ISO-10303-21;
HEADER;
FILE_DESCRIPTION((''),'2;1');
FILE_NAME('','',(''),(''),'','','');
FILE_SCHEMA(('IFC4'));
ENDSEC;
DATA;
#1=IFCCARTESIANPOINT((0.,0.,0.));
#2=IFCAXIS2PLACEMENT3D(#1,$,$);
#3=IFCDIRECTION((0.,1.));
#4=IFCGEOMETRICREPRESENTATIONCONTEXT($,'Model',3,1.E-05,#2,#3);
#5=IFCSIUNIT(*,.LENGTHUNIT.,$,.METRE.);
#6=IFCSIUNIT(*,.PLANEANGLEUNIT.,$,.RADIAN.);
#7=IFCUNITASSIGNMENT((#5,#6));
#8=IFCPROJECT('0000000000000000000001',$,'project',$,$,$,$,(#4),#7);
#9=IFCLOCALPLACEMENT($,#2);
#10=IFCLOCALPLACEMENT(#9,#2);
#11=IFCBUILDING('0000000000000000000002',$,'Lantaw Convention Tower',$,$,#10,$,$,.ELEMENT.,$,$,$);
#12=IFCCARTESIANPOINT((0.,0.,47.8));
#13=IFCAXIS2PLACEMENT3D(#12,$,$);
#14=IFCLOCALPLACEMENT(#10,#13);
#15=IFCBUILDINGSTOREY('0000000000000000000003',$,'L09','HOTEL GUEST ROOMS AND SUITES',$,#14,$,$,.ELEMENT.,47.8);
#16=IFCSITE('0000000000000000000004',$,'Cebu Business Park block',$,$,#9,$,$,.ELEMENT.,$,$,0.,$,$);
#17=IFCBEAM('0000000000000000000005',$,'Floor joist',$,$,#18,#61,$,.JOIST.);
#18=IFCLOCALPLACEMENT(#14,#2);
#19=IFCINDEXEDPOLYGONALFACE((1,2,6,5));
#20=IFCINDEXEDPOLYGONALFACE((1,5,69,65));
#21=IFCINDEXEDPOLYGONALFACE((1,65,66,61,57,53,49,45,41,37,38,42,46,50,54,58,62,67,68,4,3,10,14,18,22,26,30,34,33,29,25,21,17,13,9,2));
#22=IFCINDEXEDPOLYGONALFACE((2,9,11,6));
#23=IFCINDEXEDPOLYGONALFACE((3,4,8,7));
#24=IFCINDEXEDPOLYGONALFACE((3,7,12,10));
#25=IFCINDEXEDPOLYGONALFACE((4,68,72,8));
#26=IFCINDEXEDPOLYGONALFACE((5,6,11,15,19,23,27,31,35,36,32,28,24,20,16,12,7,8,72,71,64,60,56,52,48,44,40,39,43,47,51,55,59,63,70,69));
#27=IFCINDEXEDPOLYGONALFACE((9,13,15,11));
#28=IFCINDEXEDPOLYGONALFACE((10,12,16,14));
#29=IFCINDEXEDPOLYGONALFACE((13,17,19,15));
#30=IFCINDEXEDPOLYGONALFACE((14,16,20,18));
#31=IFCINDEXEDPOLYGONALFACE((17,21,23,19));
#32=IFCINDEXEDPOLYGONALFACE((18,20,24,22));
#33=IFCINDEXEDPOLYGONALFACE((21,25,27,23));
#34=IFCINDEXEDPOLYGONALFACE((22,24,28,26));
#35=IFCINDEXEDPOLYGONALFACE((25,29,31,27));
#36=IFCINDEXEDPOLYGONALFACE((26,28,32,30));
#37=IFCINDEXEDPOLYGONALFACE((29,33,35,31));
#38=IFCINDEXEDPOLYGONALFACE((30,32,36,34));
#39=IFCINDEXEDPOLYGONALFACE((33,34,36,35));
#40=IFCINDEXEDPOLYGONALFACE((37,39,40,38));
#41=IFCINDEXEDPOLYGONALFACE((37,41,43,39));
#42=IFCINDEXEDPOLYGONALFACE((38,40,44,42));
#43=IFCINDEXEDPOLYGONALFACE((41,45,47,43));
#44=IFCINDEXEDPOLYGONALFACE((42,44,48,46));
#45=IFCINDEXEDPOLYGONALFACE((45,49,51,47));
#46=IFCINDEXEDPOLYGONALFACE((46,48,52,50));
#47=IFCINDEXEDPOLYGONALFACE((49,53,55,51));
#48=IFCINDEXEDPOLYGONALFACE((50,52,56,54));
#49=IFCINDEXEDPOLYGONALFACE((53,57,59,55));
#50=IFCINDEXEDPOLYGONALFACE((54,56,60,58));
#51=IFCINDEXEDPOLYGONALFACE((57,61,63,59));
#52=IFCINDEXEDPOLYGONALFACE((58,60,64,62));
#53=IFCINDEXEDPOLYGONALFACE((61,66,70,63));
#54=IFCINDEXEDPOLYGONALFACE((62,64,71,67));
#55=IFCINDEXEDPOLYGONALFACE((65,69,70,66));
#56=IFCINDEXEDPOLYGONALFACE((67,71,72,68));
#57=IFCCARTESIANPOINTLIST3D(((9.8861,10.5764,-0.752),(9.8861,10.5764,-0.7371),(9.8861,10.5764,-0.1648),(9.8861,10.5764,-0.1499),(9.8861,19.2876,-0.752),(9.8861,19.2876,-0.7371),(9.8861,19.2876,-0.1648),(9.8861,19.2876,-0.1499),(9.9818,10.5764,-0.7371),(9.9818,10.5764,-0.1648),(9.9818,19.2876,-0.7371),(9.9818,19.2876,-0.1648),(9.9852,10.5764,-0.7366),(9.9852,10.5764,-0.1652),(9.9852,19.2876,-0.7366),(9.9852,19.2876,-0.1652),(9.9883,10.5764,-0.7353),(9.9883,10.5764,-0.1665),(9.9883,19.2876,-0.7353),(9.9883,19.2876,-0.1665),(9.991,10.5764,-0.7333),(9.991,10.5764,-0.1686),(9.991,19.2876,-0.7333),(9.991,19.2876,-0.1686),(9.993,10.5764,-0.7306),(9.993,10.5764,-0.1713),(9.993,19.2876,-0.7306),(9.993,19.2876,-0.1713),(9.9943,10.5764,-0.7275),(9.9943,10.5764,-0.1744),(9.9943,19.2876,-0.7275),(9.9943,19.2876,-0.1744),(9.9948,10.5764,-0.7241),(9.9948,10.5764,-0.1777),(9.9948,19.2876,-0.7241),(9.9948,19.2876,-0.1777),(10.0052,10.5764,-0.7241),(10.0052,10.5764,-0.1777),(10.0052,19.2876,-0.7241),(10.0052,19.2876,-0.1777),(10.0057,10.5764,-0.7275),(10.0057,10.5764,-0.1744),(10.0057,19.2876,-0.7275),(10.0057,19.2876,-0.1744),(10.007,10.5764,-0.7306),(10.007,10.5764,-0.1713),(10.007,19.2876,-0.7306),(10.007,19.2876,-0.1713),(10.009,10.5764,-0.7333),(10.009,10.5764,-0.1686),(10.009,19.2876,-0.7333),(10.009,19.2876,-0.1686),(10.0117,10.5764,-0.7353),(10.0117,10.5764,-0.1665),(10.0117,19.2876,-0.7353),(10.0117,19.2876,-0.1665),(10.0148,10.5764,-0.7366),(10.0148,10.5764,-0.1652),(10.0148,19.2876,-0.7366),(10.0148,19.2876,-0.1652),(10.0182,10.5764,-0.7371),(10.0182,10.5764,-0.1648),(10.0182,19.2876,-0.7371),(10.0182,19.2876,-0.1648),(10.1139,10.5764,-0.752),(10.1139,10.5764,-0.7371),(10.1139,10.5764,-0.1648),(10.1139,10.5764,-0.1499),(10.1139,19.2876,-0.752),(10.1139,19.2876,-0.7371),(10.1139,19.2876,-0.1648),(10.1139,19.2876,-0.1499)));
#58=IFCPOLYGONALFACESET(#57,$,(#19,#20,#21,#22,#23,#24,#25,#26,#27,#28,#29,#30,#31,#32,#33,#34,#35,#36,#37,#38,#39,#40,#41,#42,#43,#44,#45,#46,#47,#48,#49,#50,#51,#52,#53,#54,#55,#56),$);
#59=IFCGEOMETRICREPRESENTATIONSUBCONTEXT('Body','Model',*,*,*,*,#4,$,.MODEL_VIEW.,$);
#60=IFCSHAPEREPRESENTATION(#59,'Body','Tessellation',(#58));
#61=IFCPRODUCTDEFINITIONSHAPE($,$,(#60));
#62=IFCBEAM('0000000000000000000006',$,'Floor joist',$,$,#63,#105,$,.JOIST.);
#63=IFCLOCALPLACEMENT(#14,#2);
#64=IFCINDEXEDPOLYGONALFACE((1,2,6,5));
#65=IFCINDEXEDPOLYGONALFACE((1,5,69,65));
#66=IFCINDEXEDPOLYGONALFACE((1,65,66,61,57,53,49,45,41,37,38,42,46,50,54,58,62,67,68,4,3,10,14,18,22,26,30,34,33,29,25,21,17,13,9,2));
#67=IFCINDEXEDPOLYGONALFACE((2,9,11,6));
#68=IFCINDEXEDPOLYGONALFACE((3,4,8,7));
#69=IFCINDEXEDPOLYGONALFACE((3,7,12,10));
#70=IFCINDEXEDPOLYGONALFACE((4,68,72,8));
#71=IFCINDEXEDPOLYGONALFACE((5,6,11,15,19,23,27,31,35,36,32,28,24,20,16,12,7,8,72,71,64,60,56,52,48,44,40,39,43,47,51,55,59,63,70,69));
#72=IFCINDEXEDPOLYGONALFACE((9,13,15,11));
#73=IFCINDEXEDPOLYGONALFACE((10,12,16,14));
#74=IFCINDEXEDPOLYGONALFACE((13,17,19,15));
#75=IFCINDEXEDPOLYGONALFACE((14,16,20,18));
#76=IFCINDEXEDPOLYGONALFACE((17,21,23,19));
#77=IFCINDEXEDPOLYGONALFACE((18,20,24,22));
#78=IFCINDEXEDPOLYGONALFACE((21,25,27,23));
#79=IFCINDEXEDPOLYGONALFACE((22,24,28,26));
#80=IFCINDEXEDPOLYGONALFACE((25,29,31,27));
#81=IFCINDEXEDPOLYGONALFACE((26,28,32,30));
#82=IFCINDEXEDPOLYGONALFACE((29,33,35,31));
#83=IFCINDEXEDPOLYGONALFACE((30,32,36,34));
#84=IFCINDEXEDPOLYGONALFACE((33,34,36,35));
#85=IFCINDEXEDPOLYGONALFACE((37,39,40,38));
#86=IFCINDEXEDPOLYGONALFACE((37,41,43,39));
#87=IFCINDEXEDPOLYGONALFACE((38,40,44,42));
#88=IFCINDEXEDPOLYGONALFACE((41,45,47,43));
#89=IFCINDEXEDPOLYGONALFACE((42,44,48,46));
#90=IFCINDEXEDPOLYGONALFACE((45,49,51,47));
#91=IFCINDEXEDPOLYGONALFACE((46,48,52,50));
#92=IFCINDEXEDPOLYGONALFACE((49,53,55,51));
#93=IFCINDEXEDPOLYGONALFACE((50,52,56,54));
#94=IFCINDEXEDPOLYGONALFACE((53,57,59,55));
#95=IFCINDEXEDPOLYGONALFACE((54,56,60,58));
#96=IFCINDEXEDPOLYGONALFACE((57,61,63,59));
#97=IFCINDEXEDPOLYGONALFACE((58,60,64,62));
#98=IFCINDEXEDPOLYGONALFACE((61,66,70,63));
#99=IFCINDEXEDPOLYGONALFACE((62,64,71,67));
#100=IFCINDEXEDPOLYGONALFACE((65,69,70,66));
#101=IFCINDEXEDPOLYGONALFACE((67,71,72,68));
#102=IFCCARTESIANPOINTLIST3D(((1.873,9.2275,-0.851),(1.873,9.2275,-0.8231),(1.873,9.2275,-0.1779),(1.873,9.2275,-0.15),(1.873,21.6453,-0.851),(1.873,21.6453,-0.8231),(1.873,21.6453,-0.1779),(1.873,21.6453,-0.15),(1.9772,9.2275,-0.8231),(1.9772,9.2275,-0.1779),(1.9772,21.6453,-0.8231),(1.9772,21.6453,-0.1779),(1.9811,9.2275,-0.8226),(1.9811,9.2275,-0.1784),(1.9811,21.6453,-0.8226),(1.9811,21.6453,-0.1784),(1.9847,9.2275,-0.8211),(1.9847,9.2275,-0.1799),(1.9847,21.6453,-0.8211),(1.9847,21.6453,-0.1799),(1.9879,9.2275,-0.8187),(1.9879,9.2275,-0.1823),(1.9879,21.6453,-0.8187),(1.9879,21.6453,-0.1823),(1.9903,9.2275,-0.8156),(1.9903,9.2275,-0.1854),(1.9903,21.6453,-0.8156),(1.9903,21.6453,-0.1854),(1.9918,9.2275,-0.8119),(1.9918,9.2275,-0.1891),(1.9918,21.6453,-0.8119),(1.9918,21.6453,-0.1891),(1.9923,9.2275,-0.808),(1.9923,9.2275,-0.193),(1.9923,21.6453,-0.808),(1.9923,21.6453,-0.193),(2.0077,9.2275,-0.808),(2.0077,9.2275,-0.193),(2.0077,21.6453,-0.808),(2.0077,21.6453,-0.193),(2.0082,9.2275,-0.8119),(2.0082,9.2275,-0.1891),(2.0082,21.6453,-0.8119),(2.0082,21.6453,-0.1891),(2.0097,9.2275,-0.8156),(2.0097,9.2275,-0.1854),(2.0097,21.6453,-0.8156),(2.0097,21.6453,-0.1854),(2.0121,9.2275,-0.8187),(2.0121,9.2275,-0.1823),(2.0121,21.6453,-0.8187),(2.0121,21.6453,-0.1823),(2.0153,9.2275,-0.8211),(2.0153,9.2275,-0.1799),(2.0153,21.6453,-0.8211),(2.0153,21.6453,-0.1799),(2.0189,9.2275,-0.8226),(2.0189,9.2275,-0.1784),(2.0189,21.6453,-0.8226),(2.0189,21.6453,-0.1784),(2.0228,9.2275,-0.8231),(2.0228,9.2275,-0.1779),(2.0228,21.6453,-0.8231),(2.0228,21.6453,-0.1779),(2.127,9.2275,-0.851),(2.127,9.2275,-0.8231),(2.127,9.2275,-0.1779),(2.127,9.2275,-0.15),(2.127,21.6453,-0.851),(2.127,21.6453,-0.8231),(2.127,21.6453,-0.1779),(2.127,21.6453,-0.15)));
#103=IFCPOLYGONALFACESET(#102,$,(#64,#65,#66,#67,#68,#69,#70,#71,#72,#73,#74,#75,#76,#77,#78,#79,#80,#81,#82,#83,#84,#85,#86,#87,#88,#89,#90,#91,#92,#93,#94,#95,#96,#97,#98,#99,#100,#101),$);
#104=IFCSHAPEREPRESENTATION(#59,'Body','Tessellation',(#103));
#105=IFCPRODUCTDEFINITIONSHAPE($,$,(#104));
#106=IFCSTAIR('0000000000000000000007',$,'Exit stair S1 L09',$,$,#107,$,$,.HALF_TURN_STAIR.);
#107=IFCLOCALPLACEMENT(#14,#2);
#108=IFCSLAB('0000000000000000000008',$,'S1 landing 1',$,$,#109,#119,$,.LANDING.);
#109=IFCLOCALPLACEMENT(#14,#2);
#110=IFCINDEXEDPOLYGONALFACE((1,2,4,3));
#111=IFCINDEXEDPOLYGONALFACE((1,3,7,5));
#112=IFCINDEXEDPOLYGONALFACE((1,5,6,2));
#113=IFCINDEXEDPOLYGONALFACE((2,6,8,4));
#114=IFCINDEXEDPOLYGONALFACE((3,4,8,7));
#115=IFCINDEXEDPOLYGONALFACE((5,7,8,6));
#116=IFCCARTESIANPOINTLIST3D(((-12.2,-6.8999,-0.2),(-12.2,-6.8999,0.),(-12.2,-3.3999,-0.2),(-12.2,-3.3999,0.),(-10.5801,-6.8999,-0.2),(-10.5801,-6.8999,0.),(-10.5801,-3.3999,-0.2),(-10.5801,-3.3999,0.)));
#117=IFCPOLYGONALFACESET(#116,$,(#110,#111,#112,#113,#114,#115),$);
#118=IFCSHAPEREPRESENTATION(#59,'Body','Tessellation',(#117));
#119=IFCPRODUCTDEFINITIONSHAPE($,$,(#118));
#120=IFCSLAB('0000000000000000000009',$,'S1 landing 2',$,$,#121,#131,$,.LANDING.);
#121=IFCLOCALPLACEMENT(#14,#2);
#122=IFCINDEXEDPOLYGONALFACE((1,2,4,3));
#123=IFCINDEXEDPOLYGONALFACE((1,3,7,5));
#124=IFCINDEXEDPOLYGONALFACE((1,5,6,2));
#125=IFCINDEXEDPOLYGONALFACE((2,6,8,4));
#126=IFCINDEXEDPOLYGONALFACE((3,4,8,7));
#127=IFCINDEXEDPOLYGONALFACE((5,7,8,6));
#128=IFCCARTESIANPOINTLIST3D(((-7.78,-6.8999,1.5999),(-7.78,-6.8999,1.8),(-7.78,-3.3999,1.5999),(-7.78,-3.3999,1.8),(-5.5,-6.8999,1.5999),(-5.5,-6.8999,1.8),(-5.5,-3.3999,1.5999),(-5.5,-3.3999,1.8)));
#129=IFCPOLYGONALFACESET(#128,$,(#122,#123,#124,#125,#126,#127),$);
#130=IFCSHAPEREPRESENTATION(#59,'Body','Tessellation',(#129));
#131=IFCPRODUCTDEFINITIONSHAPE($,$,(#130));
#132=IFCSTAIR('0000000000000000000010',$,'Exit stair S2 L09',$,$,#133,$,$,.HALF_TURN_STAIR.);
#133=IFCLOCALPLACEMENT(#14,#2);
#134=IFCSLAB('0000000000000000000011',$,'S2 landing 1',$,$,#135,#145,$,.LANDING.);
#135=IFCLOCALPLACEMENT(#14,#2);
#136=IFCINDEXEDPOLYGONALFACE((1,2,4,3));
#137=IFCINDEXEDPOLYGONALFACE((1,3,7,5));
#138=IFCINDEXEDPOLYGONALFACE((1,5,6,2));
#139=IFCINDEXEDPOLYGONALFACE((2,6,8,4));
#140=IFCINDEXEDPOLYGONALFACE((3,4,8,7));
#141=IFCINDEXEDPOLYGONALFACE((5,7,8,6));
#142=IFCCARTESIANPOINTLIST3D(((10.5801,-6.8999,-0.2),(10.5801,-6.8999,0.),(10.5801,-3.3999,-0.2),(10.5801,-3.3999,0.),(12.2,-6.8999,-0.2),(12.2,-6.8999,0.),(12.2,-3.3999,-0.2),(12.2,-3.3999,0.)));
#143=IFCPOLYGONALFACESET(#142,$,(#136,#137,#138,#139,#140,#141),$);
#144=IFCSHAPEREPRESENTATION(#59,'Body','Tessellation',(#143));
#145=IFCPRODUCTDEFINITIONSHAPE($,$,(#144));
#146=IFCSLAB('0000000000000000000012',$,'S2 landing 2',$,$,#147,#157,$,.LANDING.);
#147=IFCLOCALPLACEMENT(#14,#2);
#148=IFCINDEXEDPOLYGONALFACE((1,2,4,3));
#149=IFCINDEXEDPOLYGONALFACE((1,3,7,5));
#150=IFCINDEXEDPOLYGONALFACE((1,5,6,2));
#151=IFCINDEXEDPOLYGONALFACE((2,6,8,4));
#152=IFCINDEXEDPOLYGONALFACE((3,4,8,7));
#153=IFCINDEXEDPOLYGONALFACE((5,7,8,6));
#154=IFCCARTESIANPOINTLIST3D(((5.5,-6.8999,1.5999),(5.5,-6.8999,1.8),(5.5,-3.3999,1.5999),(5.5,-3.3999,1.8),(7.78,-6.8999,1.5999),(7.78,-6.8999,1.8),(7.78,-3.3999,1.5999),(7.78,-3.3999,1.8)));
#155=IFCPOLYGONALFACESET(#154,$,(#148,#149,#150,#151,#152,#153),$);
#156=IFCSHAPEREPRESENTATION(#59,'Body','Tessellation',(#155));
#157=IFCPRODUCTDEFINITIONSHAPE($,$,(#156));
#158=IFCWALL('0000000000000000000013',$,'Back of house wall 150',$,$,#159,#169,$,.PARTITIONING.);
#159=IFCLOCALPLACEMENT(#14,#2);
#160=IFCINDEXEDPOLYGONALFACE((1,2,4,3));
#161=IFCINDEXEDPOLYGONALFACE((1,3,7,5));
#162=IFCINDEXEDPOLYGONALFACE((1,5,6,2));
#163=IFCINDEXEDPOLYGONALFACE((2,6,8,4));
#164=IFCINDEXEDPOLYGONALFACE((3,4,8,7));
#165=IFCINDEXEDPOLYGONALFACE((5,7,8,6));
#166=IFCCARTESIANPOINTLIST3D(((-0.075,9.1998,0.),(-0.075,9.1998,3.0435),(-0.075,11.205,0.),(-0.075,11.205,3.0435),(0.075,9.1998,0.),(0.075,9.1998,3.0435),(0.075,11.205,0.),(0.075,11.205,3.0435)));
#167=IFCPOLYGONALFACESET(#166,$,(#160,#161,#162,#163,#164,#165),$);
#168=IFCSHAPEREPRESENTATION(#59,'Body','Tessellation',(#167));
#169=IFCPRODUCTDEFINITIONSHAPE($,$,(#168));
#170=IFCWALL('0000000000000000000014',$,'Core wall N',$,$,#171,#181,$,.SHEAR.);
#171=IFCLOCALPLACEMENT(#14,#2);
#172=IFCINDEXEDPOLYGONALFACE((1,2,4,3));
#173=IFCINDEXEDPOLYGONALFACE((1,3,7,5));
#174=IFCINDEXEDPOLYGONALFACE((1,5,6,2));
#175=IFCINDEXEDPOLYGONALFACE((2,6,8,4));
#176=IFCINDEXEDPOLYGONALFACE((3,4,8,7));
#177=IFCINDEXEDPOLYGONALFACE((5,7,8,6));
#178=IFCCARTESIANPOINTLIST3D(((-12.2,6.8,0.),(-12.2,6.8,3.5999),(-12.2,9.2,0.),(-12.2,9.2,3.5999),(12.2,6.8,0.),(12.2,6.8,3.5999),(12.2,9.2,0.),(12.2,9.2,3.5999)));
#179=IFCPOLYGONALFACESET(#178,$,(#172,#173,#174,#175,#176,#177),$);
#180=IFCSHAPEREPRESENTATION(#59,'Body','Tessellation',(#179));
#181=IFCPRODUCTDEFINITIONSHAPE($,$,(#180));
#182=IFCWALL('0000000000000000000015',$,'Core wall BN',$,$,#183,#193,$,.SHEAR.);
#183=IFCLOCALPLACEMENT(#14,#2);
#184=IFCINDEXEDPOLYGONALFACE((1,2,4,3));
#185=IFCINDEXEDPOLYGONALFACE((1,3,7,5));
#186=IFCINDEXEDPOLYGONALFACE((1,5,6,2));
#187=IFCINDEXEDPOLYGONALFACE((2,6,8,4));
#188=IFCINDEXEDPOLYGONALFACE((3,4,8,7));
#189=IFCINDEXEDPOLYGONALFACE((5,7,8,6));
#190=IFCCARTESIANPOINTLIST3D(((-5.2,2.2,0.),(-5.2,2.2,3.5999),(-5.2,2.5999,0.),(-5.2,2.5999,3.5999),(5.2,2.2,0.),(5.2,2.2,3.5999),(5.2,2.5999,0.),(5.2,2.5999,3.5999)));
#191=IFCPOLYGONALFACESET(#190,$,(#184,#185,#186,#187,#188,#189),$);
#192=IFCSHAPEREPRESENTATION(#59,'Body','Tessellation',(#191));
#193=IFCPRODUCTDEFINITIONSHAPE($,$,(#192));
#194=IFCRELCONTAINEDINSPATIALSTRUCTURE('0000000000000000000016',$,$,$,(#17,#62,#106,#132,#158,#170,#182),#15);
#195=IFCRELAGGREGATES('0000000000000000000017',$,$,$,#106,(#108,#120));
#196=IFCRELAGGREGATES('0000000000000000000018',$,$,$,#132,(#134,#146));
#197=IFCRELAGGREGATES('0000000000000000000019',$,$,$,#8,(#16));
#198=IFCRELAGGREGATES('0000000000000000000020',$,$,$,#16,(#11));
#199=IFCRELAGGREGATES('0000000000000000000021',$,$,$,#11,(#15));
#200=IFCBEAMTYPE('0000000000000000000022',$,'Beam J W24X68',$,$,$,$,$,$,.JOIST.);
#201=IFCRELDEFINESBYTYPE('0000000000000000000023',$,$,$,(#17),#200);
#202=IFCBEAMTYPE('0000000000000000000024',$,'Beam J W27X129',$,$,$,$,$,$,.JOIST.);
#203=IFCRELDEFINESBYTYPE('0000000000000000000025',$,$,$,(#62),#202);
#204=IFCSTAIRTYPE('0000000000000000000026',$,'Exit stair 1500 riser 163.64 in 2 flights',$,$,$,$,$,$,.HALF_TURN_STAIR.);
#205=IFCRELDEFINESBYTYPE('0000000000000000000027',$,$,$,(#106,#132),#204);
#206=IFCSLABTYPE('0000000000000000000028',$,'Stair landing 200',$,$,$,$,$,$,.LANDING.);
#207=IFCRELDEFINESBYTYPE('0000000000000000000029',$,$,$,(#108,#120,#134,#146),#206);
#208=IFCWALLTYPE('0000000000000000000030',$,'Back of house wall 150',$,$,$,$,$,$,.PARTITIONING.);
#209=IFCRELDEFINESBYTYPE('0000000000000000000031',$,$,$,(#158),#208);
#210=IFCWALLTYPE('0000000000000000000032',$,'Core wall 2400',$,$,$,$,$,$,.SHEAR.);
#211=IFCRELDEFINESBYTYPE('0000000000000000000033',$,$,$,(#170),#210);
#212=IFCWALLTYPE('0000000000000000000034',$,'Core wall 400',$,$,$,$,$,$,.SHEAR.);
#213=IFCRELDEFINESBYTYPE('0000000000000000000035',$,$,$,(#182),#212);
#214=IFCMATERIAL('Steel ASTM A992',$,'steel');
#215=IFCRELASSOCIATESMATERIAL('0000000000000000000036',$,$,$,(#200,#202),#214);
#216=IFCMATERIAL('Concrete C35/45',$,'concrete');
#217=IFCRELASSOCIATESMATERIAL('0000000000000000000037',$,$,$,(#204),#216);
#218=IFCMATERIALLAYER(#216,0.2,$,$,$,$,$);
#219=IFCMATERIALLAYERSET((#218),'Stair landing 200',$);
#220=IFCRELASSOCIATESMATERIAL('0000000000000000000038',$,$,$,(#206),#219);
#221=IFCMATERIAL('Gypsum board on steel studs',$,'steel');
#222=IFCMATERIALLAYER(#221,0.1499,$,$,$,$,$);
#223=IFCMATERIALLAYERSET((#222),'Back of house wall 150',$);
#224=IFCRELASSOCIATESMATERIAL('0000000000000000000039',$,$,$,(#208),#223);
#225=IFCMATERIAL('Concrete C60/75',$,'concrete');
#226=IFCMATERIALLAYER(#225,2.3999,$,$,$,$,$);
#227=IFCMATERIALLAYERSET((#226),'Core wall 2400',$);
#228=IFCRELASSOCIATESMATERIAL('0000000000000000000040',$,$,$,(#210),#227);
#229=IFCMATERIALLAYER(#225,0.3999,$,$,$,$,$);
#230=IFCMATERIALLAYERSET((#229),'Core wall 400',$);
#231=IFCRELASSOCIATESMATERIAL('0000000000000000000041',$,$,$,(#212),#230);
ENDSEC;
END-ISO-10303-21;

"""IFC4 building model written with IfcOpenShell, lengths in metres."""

from ifc_helpers import new_model, si_unit, direction, frame, frame_2d, origin, origin_2d, place, context, subcontext, project, spatial, polyline, rectangle, i_section, outline, extrude, material, layer, layer_set, material_profile, profile_set, type_object, element, aggregate, save


model = new_model("IFC4")

# Units and contexts
model_context = context("Model", 3, precision=1e-05, world=origin(), true_north=direction((0.0, 1.0)))
body_context = subcontext(model_context, "Body", "Model", "MODEL_VIEW")
ifc_project = project(units=[si_unit("LENGTHUNIT", "METRE"), si_unit("PLANEANGLEUNIT", "RADIAN")], contexts=[model_context])

# Site, building, storey
site_placement = place(None, origin())
site = spatial("IfcSite", under=ifc_project, at=site_placement, Name="Cebu Business Park block", CompositionType="ELEMENT", RefElevation=0.0)
building_placement = place(site_placement, origin())
building = spatial("IfcBuilding", under=site, at=building_placement, Name="Lantaw Convention Tower", CompositionType="ELEMENT")
storey_placement = place(building_placement, frame((0.0, 0.0, 47.8)))
storey = spatial("IfcBuildingStorey", under=building, at=storey_placement, Name="L09", Description="HOTEL GUEST ROOMS AND SUITES", CompositionType="ELEMENT", Elevation=47.8)

# Beams
ifc_material_1 = material(Name="Steel ASTM A992", Category="steel")
ifc_material_profile_1 = material_profile(ifc_material_1, i_section(OverallWidth=0.2278, OverallDepth=0.6021, WebThickness=0.0105, FlangeThickness=0.0149, FilletRadius=0.0129, at=origin_2d()), Name="W24X68")
ifc_profile_set_1 = profile_set([ifc_material_profile_1], Name="Steel ASTM A992")
beam_type_1 = type_object("IfcBeamType", Name="Beam J W24X68", PredefinedType="JOIST", material=ifc_profile_set_1)
beam_1_placement = place(storey_placement, frame((10.0, 10.5764, -0.4509), z_axis=(0.0, 1.0, 0.0), x_axis=(-1.0, 0.0, 0.0)))
element("IfcBeam", 1, at=beam_1_placement, inside=storey, type_object=beam_type_1, Name="Floor joist", PredefinedType="JOIST", context=body_context, shape_type="SweptSolid", body=[
    extrude(i_section(OverallWidth=0.2278, OverallDepth=0.6021, WebThickness=0.0105, FlangeThickness=0.0149, FilletRadius=0.0129, at=origin_2d()), origin(), (0.0, 0.0, 1.0), 8.7112),
])
ifc_material_profile_2 = material_profile(ifc_material_1, i_section(OverallWidth=0.2539, OverallDepth=0.7009, WebThickness=0.0154, FlangeThickness=0.0278, FilletRadius=0.0151, at=origin_2d()), Name="W27X129")
ifc_profile_set_2 = profile_set([ifc_material_profile_2], Name="Steel ASTM A992")
beam_type_2 = type_object("IfcBeamType", Name="Beam J W27X129", PredefinedType="JOIST", material=ifc_profile_set_2)
beam_2_placement = place(storey_placement, frame((2.0, 9.2275, -0.5005), z_axis=(0.0, 1.0, 0.0), x_axis=(-1.0, 0.0, 0.0)))
element("IfcBeam", 2, at=beam_2_placement, inside=storey, type_object=beam_type_2, Name="Floor joist", PredefinedType="JOIST", context=body_context, shape_type="SweptSolid", body=[
    extrude(i_section(OverallWidth=0.2539, OverallDepth=0.7009, WebThickness=0.0154, FlangeThickness=0.0278, FilletRadius=0.0151, at=origin_2d()), origin(), (0.0, 0.0, 1.0), 12.4177),
])

# Stairs, slabs
ifc_material_2 = material(Name="Concrete C35/45", Category="concrete")
stair_type = type_object("IfcStairType", Name="Exit stair 1500 riser 163.64 in 2 flights", PredefinedType="HALF_TURN_STAIR", material=ifc_material_2)
stair_1_placement = place(storey_placement, origin())
stair_1 = element("IfcStair", 3, at=stair_1_placement, inside=storey, type_object=stair_type, Name="Exit stair S1 L09", PredefinedType="HALF_TURN_STAIR")
ifc_layer_1 = layer(ifc_material_2, 0.2)
ifc_layer_set_1 = layer_set([ifc_layer_1], Name="Stair landing 200")
slab_type = type_object("IfcSlabType", Name="Stair landing 200", PredefinedType="LANDING", material=ifc_layer_set_1)
slab_1_placement = place(storey_placement, frame((0.0, 0.0, -0.2)))
slab_1 = element("IfcSlab", 4, at=slab_1_placement, type_object=slab_type, Name="S1 landing 1", PredefinedType="LANDING", context=body_context, shape_type="SweptSolid", body=[
    extrude(outline(polyline([(-12.2, -6.8999), (-10.5801, -6.8999), (-10.5801, -3.3999), (-12.2, -3.3999), (-12.2, -6.8999)])), origin(), (0.0, 0.0, 1.0), 0.2),
])
slab_2_placement = place(storey_placement, frame((0.0, 0.0, 1.5999)))
slab_2 = element("IfcSlab", 5, at=slab_2_placement, type_object=slab_type, Name="S1 landing 2", PredefinedType="LANDING", context=body_context, shape_type="SweptSolid", body=[
    extrude(outline(polyline([(-7.78, -6.8999), (-5.5, -6.8999), (-5.5, -3.3999), (-7.78, -3.3999), (-7.78, -6.8999)])), origin(), (0.0, 0.0, 1.0), 0.2002),
])
aggregate(stair_1, [slab_1, slab_2])
stair_2_placement = place(storey_placement, origin())
stair_2 = element("IfcStair", 6, at=stair_2_placement, inside=storey, type_object=stair_type, Name="Exit stair S2 L09", PredefinedType="HALF_TURN_STAIR")
slab_3_placement = place(storey_placement, frame((0.0, 0.0, -0.2)))
slab_3 = element("IfcSlab", 7, at=slab_3_placement, type_object=slab_type, Name="S2 landing 1", PredefinedType="LANDING", context=body_context, shape_type="SweptSolid", body=[
    extrude(outline(polyline([(10.5801, -6.8999), (12.2, -6.8999), (12.2, -3.3999), (10.5801, -3.3999), (10.5801, -6.8999)])), origin(), (0.0, 0.0, 1.0), 0.2),
])
slab_4_placement = place(storey_placement, frame((0.0, 0.0, 1.5999)))
slab_4 = element("IfcSlab", 8, at=slab_4_placement, type_object=slab_type, Name="S2 landing 2", PredefinedType="LANDING", context=body_context, shape_type="SweptSolid", body=[
    extrude(outline(polyline([(5.5, -6.8999), (7.78, -6.8999), (7.78, -3.3999), (5.5, -3.3999), (5.5, -6.8999)])), origin(), (0.0, 0.0, 1.0), 0.2002),
])
aggregate(stair_2, [slab_3, slab_4])

# Walls
ifc_material_3 = material(Name="Gypsum board on steel studs", Category="steel")
ifc_layer_2 = layer(ifc_material_3, 0.1499)
ifc_layer_set_2 = layer_set([ifc_layer_2], Name="Back of house wall 150")
wall_type_1 = type_object("IfcWallType", Name="Back of house wall 150", PredefinedType="PARTITIONING", material=ifc_layer_set_2)
wall_1_placement = place(storey_placement, frame((0.0, 9.2, 0.0), z_axis=(0.0, 0.0, 1.0), x_axis=(0.0, 1.0, 0.0)))
element("IfcWall", 9, at=wall_1_placement, inside=storey, type_object=wall_type_1, Name="Back of house wall 150", PredefinedType="PARTITIONING", context=body_context, shape_type="SweptSolid", body=[
    extrude(rectangle(XDim=2.0051, YDim=0.1499, at=frame_2d((1.0024, 0.0))), origin(), (0.0, 0.0, 1.0), 3.0435),
])
ifc_material_4 = material(Name="Concrete C60/75", Category="concrete")
ifc_layer_3 = layer(ifc_material_4, 2.3999)
ifc_layer_set_3 = layer_set([ifc_layer_3], Name="Core wall 2400")
wall_type_2 = type_object("IfcWallType", Name="Core wall 2400", PredefinedType="SHEAR", material=ifc_layer_set_3)
wall_2_placement = place(storey_placement, frame((12.2, 8.0, 0.0), z_axis=(0.0, 0.0, 1.0), x_axis=(-1.0, 0.0, 0.0)))
element("IfcWall", 10, at=wall_2_placement, inside=storey, type_object=wall_type_2, Name="Core wall N", PredefinedType="SHEAR", context=body_context, shape_type="SweptSolid", body=[
    extrude(rectangle(XDim=24.3999, YDim=2.3999, at=frame_2d((12.2, 0.0))), origin(), (0.0, 0.0, 1.0), 3.5999),
])
ifc_layer_4 = layer(ifc_material_4, 0.3999)
ifc_layer_set_4 = layer_set([ifc_layer_4], Name="Core wall 400")
wall_type_3 = type_object("IfcWallType", Name="Core wall 400", PredefinedType="SHEAR", material=ifc_layer_set_4)
wall_3_placement = place(storey_placement, frame((5.2, 2.3999, 0.0), z_axis=(0.0, 0.0, 1.0), x_axis=(-1.0, 0.0, 0.0)))
element("IfcWall", 11, at=wall_3_placement, inside=storey, type_object=wall_type_3, Name="Core wall BN", PredefinedType="SHEAR", context=body_context, shape_type="SweptSolid", body=[
    extrude(rectangle(XDim=10.3999, YDim=0.3999, at=frame_2d((5.2, 0.0))), origin(), (0.0, 0.0, 1.0), 3.5999),
])

save(model, "model.ifc")
